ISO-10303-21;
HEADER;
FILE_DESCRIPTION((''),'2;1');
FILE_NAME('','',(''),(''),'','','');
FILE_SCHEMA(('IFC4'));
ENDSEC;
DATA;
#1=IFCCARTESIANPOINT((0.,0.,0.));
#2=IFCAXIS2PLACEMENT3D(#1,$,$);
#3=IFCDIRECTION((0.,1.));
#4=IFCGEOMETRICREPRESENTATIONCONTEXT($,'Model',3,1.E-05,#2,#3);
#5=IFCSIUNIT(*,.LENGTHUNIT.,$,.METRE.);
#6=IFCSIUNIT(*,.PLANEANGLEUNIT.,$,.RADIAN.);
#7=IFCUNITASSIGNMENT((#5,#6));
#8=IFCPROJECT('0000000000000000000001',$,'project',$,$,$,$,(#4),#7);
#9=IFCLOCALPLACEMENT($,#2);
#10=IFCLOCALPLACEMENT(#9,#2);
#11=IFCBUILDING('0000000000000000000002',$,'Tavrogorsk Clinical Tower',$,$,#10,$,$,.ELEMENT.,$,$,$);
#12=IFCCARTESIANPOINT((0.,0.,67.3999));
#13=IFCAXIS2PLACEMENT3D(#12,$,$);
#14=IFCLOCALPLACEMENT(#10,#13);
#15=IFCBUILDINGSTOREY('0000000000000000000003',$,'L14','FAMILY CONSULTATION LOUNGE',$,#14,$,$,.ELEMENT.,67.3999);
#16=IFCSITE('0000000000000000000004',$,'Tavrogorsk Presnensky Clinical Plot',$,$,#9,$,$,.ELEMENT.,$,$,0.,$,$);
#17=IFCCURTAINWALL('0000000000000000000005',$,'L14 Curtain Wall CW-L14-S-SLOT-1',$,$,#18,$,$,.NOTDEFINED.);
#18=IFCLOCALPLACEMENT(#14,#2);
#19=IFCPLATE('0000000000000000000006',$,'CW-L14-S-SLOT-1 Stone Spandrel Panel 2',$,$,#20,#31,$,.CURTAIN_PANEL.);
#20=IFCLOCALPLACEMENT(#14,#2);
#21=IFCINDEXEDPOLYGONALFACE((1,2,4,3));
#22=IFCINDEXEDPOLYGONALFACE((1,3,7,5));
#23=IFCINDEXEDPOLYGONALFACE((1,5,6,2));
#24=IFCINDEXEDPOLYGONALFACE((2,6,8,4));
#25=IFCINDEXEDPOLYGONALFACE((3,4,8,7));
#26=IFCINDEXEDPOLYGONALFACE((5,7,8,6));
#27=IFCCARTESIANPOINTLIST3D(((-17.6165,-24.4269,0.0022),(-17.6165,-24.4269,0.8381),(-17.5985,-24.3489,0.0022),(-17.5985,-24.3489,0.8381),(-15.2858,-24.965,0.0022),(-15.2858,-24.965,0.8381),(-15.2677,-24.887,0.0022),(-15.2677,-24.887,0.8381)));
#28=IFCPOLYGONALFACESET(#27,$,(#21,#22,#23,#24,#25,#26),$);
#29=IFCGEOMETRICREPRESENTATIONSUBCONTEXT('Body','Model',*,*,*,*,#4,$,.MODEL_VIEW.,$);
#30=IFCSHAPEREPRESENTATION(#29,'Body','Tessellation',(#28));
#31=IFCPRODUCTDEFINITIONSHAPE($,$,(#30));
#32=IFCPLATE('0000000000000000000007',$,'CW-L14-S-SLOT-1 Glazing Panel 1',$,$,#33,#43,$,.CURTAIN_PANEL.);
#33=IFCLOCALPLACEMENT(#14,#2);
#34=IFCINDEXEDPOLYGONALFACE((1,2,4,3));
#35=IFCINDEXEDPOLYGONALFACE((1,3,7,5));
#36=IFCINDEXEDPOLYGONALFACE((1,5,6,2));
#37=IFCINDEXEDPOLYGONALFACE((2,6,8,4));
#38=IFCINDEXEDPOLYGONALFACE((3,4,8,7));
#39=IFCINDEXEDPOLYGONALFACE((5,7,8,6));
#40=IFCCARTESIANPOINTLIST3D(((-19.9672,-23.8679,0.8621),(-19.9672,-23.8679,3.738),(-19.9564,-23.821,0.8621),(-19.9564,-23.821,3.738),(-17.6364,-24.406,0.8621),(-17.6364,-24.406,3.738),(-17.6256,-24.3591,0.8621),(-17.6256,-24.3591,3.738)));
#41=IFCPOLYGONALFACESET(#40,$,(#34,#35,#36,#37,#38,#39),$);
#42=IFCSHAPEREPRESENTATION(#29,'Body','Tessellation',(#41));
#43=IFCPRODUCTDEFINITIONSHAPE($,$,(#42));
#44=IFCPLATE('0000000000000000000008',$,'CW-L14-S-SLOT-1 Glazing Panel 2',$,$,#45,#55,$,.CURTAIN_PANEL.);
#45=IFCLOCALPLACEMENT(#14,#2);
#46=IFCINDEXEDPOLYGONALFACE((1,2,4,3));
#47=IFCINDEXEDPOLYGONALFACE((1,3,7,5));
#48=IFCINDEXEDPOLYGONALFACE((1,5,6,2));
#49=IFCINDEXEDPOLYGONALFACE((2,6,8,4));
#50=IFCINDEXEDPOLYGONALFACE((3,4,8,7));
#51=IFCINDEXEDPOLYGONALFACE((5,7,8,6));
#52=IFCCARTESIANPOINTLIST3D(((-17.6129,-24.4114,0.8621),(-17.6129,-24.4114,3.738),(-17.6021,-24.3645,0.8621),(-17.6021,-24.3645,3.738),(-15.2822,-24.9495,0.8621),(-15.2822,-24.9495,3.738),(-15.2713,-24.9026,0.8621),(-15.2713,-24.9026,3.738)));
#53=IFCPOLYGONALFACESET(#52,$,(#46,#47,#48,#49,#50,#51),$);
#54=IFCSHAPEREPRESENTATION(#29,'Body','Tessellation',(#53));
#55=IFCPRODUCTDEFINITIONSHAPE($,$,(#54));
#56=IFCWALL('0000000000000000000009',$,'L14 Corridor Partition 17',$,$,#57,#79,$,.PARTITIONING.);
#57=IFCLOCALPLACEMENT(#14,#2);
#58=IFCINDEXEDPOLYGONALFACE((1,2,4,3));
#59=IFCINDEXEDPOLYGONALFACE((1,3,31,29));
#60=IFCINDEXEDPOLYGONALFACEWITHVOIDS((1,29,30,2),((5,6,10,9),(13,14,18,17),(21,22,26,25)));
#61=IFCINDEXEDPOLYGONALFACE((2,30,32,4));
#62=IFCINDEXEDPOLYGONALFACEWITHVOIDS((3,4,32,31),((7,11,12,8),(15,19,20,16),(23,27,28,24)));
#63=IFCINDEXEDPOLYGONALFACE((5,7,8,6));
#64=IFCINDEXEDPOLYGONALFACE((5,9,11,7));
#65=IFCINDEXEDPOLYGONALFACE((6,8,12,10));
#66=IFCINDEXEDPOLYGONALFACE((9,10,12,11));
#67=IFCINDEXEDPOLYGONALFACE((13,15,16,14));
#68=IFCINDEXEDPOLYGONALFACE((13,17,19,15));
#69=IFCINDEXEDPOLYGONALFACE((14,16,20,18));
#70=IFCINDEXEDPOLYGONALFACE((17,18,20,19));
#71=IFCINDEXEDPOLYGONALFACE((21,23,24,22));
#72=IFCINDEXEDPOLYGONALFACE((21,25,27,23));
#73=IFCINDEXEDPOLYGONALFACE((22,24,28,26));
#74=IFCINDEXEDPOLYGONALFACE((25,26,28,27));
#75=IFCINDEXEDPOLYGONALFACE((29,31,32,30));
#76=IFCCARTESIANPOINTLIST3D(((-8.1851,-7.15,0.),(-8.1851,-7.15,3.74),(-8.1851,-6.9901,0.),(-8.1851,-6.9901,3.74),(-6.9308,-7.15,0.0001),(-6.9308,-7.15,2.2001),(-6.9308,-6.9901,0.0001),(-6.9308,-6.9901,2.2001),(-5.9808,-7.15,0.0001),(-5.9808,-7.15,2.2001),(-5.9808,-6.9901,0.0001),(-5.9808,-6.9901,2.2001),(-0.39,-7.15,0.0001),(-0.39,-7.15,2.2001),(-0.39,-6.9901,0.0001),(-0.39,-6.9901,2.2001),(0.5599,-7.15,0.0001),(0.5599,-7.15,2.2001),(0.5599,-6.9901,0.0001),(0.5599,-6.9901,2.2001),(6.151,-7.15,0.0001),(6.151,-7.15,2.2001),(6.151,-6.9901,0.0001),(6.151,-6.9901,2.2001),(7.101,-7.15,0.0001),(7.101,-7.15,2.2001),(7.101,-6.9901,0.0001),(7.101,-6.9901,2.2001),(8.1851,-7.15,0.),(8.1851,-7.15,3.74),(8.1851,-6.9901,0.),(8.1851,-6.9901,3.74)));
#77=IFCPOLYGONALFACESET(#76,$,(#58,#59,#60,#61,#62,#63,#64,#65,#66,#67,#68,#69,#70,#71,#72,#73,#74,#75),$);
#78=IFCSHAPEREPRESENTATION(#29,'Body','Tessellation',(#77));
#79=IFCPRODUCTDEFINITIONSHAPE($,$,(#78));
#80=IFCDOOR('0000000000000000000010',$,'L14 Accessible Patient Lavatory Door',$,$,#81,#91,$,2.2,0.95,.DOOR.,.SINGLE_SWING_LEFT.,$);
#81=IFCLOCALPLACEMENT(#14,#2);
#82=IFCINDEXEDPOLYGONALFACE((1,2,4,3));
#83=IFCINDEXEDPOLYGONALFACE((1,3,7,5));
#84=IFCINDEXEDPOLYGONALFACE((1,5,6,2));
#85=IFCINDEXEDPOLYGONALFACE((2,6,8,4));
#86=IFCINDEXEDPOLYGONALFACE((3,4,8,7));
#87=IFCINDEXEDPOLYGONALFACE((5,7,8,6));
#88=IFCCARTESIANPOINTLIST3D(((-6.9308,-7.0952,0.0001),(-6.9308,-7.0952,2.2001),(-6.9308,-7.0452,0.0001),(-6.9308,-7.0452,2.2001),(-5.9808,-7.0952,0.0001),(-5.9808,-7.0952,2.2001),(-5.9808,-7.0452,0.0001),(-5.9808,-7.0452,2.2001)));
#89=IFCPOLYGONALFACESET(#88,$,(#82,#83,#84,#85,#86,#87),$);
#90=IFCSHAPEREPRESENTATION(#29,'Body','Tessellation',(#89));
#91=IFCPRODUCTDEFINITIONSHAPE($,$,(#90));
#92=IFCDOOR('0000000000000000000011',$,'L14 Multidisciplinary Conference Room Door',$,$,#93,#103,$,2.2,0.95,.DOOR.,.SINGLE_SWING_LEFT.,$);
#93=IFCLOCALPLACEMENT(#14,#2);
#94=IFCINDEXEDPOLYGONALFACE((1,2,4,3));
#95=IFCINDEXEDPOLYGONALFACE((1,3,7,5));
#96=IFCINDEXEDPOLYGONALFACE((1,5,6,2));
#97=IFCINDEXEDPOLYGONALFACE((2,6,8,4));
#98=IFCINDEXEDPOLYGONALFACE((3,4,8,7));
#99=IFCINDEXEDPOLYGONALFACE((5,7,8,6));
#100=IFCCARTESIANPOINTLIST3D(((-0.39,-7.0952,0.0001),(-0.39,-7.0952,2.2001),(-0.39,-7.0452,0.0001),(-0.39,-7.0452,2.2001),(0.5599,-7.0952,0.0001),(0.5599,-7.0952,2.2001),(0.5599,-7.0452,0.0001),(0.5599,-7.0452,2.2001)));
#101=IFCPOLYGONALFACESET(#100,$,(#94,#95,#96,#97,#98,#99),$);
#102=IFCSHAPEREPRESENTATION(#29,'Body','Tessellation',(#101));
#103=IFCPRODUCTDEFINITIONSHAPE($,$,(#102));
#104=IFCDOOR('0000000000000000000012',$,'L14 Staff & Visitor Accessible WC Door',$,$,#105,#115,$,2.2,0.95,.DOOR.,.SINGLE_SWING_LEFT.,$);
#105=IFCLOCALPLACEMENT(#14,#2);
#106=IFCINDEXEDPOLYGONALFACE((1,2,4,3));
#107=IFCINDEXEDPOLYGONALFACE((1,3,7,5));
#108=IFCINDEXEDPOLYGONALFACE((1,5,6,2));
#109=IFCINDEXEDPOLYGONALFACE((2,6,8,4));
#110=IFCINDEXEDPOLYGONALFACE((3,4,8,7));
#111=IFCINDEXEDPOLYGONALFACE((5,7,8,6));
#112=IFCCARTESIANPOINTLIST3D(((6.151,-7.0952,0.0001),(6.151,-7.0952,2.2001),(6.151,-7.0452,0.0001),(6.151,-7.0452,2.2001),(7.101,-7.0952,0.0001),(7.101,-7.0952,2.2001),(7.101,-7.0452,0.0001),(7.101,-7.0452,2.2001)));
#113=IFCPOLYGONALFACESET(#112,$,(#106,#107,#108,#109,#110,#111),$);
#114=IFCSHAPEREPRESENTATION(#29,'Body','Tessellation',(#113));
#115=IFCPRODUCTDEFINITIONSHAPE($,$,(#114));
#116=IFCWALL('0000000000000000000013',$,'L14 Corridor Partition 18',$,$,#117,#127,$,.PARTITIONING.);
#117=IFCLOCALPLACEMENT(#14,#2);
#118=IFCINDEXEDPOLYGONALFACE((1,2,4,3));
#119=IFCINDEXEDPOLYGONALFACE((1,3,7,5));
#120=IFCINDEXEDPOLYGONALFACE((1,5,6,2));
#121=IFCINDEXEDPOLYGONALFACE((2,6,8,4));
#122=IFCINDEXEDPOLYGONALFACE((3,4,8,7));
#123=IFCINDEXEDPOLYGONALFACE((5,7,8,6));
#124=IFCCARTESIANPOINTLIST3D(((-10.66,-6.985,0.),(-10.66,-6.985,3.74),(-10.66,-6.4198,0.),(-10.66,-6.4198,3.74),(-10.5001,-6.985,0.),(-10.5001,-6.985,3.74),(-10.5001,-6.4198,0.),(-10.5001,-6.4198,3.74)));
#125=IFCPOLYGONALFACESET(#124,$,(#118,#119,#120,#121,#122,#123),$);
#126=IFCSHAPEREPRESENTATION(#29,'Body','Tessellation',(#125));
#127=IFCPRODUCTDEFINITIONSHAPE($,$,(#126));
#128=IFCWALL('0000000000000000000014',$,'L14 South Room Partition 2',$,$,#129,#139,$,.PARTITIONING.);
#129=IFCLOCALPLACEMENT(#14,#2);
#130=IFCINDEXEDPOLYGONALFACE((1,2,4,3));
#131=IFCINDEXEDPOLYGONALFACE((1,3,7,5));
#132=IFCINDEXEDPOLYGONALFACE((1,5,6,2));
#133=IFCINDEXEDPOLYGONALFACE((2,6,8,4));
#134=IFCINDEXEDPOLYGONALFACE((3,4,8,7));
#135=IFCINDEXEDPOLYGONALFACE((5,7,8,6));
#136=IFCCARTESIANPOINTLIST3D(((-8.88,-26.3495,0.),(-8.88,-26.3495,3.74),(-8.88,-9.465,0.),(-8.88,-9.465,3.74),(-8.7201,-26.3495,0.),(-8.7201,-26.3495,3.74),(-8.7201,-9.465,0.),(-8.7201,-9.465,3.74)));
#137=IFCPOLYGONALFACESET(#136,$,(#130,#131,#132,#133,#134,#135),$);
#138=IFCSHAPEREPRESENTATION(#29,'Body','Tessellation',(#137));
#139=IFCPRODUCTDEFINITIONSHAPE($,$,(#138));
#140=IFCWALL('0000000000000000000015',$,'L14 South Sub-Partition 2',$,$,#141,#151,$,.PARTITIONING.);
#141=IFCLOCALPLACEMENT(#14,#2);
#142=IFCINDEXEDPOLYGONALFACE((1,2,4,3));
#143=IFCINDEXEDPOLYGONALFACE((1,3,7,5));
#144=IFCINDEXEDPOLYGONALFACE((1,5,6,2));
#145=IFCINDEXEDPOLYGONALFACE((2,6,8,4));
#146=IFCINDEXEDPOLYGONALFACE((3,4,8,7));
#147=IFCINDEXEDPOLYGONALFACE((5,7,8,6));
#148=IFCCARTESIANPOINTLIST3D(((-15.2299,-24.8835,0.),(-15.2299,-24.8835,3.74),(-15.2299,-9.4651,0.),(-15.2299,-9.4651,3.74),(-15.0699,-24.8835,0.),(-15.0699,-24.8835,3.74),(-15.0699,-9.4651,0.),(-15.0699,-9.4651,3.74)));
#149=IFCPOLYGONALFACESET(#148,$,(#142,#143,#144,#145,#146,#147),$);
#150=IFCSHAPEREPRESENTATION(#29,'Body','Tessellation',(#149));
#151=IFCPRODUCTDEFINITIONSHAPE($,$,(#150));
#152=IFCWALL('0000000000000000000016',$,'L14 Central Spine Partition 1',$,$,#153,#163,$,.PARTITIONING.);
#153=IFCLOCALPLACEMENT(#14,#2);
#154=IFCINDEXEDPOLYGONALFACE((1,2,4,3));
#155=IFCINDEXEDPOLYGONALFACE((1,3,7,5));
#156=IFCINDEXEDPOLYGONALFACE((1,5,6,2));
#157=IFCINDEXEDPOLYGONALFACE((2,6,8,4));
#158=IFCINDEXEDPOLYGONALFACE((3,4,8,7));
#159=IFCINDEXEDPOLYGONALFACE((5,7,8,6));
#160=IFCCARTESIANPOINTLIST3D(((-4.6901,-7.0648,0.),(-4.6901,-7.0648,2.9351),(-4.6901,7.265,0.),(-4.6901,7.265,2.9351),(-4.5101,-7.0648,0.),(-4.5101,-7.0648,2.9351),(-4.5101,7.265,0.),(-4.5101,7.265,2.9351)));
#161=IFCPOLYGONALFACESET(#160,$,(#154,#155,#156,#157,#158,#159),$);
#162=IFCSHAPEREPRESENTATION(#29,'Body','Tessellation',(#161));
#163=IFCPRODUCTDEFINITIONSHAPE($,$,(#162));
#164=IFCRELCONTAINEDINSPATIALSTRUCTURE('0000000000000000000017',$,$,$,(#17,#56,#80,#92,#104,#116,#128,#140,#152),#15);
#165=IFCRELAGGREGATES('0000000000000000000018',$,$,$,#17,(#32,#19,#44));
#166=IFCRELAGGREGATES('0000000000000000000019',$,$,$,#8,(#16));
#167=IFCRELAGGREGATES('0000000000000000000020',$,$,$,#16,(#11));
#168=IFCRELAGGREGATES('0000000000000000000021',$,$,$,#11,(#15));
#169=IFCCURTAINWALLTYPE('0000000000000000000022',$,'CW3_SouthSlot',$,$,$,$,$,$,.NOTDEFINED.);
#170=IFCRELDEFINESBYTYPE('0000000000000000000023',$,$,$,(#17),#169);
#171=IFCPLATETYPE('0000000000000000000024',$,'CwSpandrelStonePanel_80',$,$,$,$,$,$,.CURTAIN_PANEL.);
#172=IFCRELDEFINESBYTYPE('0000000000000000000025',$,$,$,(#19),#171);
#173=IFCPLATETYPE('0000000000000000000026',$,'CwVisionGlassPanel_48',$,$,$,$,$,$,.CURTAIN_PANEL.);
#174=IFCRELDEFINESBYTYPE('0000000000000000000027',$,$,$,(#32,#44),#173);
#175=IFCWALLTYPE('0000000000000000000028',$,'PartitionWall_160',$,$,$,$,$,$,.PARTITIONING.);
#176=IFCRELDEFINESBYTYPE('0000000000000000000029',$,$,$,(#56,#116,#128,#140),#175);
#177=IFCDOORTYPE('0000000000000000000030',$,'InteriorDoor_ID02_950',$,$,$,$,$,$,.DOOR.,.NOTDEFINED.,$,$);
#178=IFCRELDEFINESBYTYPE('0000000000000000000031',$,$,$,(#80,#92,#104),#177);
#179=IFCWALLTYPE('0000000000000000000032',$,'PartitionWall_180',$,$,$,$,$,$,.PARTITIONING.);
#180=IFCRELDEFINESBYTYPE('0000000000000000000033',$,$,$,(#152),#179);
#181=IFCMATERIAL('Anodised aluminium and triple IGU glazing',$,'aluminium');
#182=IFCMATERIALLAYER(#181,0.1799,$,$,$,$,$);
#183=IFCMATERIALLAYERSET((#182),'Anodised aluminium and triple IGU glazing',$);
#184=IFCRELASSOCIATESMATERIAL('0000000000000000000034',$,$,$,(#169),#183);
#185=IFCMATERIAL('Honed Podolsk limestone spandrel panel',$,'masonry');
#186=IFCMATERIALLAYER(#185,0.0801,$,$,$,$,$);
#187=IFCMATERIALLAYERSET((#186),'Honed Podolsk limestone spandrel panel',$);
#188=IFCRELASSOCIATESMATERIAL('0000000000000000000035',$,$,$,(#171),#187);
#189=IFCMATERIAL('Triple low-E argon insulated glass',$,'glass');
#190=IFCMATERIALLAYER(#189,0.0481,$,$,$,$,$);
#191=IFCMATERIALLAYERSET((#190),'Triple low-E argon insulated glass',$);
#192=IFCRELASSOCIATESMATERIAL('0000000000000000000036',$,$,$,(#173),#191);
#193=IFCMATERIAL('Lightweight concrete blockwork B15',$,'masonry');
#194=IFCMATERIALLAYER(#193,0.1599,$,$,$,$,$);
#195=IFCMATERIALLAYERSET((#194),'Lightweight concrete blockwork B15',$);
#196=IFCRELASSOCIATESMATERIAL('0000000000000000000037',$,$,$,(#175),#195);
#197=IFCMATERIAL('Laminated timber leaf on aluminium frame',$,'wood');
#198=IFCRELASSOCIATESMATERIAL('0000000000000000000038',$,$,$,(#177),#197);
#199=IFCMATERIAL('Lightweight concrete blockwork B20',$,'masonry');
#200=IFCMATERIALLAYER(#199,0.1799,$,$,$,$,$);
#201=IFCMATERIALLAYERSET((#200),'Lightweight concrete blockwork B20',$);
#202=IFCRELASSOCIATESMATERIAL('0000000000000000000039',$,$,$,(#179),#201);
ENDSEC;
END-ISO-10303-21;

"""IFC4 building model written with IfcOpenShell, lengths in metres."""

from ifc_helpers import new_model, si_unit, direction, frame, frame_2d, origin, origin_2d, place, context, subcontext, project, spatial, rectangle, extrude, material, layer, layer_set, type_object, element, fill, aggregate, save


model = new_model("IFC4")

# Units and contexts
model_context = context("Model", 3, precision=1e-05, world=origin(), true_north=direction((0.0, 1.0)))
body_context = subcontext(model_context, "Body", "Model", "MODEL_VIEW")
ifc_project = project(units=[si_unit("LENGTHUNIT", "METRE"), si_unit("PLANEANGLEUNIT", "RADIAN")], contexts=[model_context])

# Site, building, storey
site_placement = place(None, origin())
site = spatial("IfcSite", under=ifc_project, at=site_placement, Name="Tavrogorsk Presnensky Clinical Plot", CompositionType="ELEMENT", RefElevation=0.0)
building_placement = place(site_placement, origin())
building = spatial("IfcBuilding", under=site, at=building_placement, Name="Tavrogorsk Clinical Tower", CompositionType="ELEMENT")
storey_placement = place(building_placement, frame((0.0, 0.0, 67.3999)))
storey = spatial("IfcBuildingStorey", under=building, at=storey_placement, Name="L14", Description="FAMILY CONSULTATION LOUNGE", CompositionType="ELEMENT", Elevation=67.3999)

# Curtain wall
ifc_material_1 = material(Name="Anodised aluminium and triple IGU glazing", Category="aluminium")
ifc_layer_1 = layer(ifc_material_1, 0.1799)
ifc_layer_set_1 = layer_set([ifc_layer_1], Name="Anodised aluminium and triple IGU glazing")
curtain_wall_type = type_object("IfcCurtainWallType", Name="CW3_SouthSlot", PredefinedType="NOTDEFINED", material=ifc_layer_set_1)
curtain_wall_placement = place(storey_placement, origin())
curtain_wall = element("IfcCurtainWall", 1, at=curtain_wall_placement, inside=storey, type_object=curtain_wall_type, Name="L14 Curtain Wall CW-L14-S-SLOT-1", PredefinedType="NOTDEFINED")

# Plates
ifc_material_2 = material(Name="Honed Podolsk limestone spandrel panel", Category="masonry")
ifc_layer_2 = layer(ifc_material_2, 0.0801)
ifc_layer_set_2 = layer_set([ifc_layer_2], Name="Honed Podolsk limestone spandrel panel")
plate_type_1 = type_object("IfcPlateType", Name="CwSpandrelStonePanel_80", PredefinedType="CURTAIN_PANEL", material=ifc_layer_set_2)
plate_1_placement = place(storey_placement, frame((-16.4421, -24.657, 0.0022), z_axis=(0.0, 0.0, 1.0), x_axis=(0.97437, -0.224951, 0.0)))
plate_1 = element("IfcPlate", 2, at=plate_1_placement, type_object=plate_type_1, Name="CW-L14-S-SLOT-1 Stone Spandrel Panel 2", PredefinedType="CURTAIN_PANEL", context=body_context, shape_type="SweptSolid", body=[
    extrude(rectangle(XDim=2.3921, YDim=0.0801, at=origin_2d()), origin(), (0.0, 0.0, 1.0), 0.8359),
])
ifc_material_3 = material(Name="Triple low-E argon insulated glass", Category="glass")
ifc_layer_3 = layer(ifc_material_3, 0.0481)
ifc_layer_set_3 = layer_set([ifc_layer_3], Name="Triple low-E argon insulated glass")
plate_type_2 = type_object("IfcPlateType", Name="CwVisionGlassPanel_48", PredefinedType="CURTAIN_PANEL", material=ifc_layer_set_3)
plate_2_placement = place(storey_placement, frame((-18.7964, -24.1135, 0.8621), z_axis=(0.0, 0.0, 1.0), x_axis=(0.97437, -0.224951, 0.0)))
plate_2 = element("IfcPlate", 3, at=plate_2_placement, type_object=plate_type_2, Name="CW-L14-S-SLOT-1 Glazing Panel 1", PredefinedType="CURTAIN_PANEL", context=body_context, shape_type="SweptSolid", body=[
    extrude(rectangle(XDim=2.3921, YDim=0.0481, at=origin_2d()), origin(), (0.0, 0.0, 1.0), 2.876),
])
plate_3_placement = place(storey_placement, frame((-16.4421, -24.657, 0.8621), z_axis=(0.0, 0.0, 1.0), x_axis=(0.97437, -0.224951, 0.0)))
plate_3 = element("IfcPlate", 4, at=plate_3_placement, type_object=plate_type_2, Name="CW-L14-S-SLOT-1 Glazing Panel 2", PredefinedType="CURTAIN_PANEL", context=body_context, shape_type="SweptSolid", body=[
    extrude(rectangle(XDim=2.3921, YDim=0.0481, at=origin_2d()), origin(), (0.0, 0.0, 1.0), 2.876),
])
aggregate(curtain_wall, [plate_2, plate_1, plate_3])

# Wall, openings, doors
ifc_material_4 = material(Name="Lightweight concrete blockwork B15", Category="masonry")
ifc_layer_4 = layer(ifc_material_4, 0.1599)
ifc_layer_set_4 = layer_set([ifc_layer_4], Name="Lightweight concrete blockwork B15")
wall_type_1 = type_object("IfcWallType", Name="PartitionWall_160", PredefinedType="PARTITIONING", material=ifc_layer_set_4)
wall_1_placement = place(storey_placement, frame((-8.1851, -7.0701, 0.0), z_axis=(0.0, 0.0, 1.0), x_axis=(1.0, 0.0, 0.0)))
wall_1 = element("IfcWall", 5, at=wall_1_placement, inside=storey, type_object=wall_type_1, Name="L14 Corridor Partition 17", PredefinedType="PARTITIONING", context=body_context, shape_type="SweptSolid", body=[
    extrude(rectangle(XDim=16.3701, YDim=0.1599, at=frame_2d((8.1851, 0.0))), origin(), (0.0, 0.0, 1.0), 3.74),
])
opening_1_placement = place(wall_1_placement, frame((1.2542, 0.0, 0.0)))
opening_1 = element("IfcOpeningElement", 6, at=opening_1_placement, cuts=wall_1, PredefinedType="OPENING", context=body_context, shape_type="SweptSolid", body=[
    extrude(rectangle(XDim=0.95, YDim=2.2, at=frame_2d((0.4751, 1.1001))), frame((0.0, 0.0898, 0.0), z_axis=(0.0, -1.0, 0.0), x_axis=(1.0, 0.0, 0.0)), (0.0, 0.0, 1.0), 0.1799),
])
opening_2_placement = place(wall_1_placement, frame((7.7949, 0.0, 0.0)))
opening_2 = element("IfcOpeningElement", 7, at=opening_2_placement, cuts=wall_1, PredefinedType="OPENING", context=body_context, shape_type="SweptSolid", body=[
    extrude(rectangle(XDim=0.95, YDim=2.2, at=frame_2d((0.4751, 1.1001))), frame((0.0, 0.0898, 0.0), z_axis=(0.0, -1.0, 0.0), x_axis=(1.0, 0.0, 0.0)), (0.0, 0.0, 1.0), 0.1799),
])
opening_3_placement = place(wall_1_placement, frame((14.3359, 0.0, 0.0)))
opening_3 = element("IfcOpeningElement", 8, at=opening_3_placement, cuts=wall_1, PredefinedType="OPENING", context=body_context, shape_type="SweptSolid", body=[
    extrude(rectangle(XDim=0.95, YDim=2.2, at=frame_2d((0.4751, 1.1001))), frame((0.0, 0.0898, 0.0), z_axis=(0.0, -1.0, 0.0), x_axis=(1.0, 0.0, 0.0)), (0.0, 0.0, 1.0), 0.1799),
])
ifc_material_5 = material(Name="Laminated timber leaf on aluminium frame", Category="wood")
door_type = type_object("IfcDoorType", Name="InteriorDoor_ID02_950", OperationType="NOTDEFINED", PredefinedType="DOOR", material=ifc_material_5)
door_1_placement = place(opening_1_placement, origin())
door_1 = element("IfcDoor", 9, at=door_1_placement, inside=storey, type_object=door_type, Name="L14 Accessible Patient Lavatory Door", OperationType="SINGLE_SWING_LEFT", OverallHeight=2.2, OverallWidth=0.95, PredefinedType="DOOR", context=body_context, shape_type="SweptSolid", body=[
    extrude(rectangle(XDim=0.95, YDim=2.2, at=frame_2d((0.4751, 1.1001))), frame((0.0, 0.0249, 0.0), z_axis=(0.0, -1.0, 0.0), x_axis=(1.0, 0.0, 0.0)), (0.0, 0.0, 1.0), 0.05),
])
fill(opening_1, door_1)
door_2_placement = place(opening_2_placement, origin())
door_2 = element("IfcDoor", 10, at=door_2_placement, inside=storey, type_object=door_type, Name="L14 Multidisciplinary Conference Room Door", OperationType="SINGLE_SWING_LEFT", OverallHeight=2.2, OverallWidth=0.95, PredefinedType="DOOR", context=body_context, shape_type="SweptSolid", body=[
    extrude(rectangle(XDim=0.95, YDim=2.2, at=frame_2d((0.4751, 1.1001))), frame((0.0, 0.0249, 0.0), z_axis=(0.0, -1.0, 0.0), x_axis=(1.0, 0.0, 0.0)), (0.0, 0.0, 1.0), 0.05),
])
fill(opening_2, door_2)
door_3_placement = place(opening_3_placement, origin())
door_3 = element("IfcDoor", 11, at=door_3_placement, inside=storey, type_object=door_type, Name="L14 Staff & Visitor Accessible WC Door", OperationType="SINGLE_SWING_LEFT", OverallHeight=2.2, OverallWidth=0.95, PredefinedType="DOOR", context=body_context, shape_type="SweptSolid", body=[
    extrude(rectangle(XDim=0.95, YDim=2.2, at=frame_2d((0.4751, 1.1001))), frame((0.0, 0.0249, 0.0), z_axis=(0.0, -1.0, 0.0), x_axis=(1.0, 0.0, 0.0)), (0.0, 0.0, 1.0), 0.05),
])
fill(opening_3, door_3)

# Walls
wall_2_placement = place(storey_placement, frame((-10.5801, -6.9851, 0.0), z_axis=(0.0, 0.0, 1.0), x_axis=(0.0, 1.0, 0.0)))
element("IfcWall", 12, at=wall_2_placement, inside=storey, type_object=wall_type_1, Name="L14 Corridor Partition 18", PredefinedType="PARTITIONING", context=body_context, shape_type="SweptSolid", body=[
    extrude(rectangle(XDim=0.5652, YDim=0.1599, at=frame_2d((0.2827, 0.0))), origin(), (0.0, 0.0, 1.0), 3.74),
])
wall_3_placement = place(storey_placement, frame((-8.8, -26.3496, 0.0), z_axis=(0.0, 0.0, 1.0), x_axis=(0.0, 1.0, 0.0)))
element("IfcWall", 13, at=wall_3_placement, inside=storey, type_object=wall_type_1, Name="L14 South Room Partition 2", PredefinedType="PARTITIONING", context=body_context, shape_type="SweptSolid", body=[
    extrude(rectangle(XDim=16.8845, YDim=0.1599, at=frame_2d((8.4424, 0.0))), origin(), (0.0, 0.0, 1.0), 3.74),
])
wall_4_placement = place(storey_placement, frame((-15.1499, -24.8835, 0.0), z_axis=(0.0, 0.0, 1.0), x_axis=(0.0, 1.0, 0.0)))
element("IfcWall", 14, at=wall_4_placement, inside=storey, type_object=wall_type_1, Name="L14 South Sub-Partition 2", PredefinedType="PARTITIONING", context=body_context, shape_type="SweptSolid", body=[
    extrude(rectangle(XDim=15.4185, YDim=0.1599, at=frame_2d((7.7092, 0.0))), origin(), (0.0, 0.0, 1.0), 3.74),
])
ifc_material_6 = material(Name="Lightweight concrete blockwork B20", Category="masonry")
ifc_layer_5 = layer(ifc_material_6, 0.1799)
ifc_layer_set_5 = layer_set([ifc_layer_5], Name="Lightweight concrete blockwork B20")
wall_type_2 = type_object("IfcWallType", Name="PartitionWall_180", PredefinedType="PARTITIONING", material=ifc_layer_set_5)
wall_5_placement = place(storey_placement, frame((-4.6001, -7.0649, 0.0), z_axis=(0.0, 0.0, 1.0), x_axis=(0.0, 1.0, 0.0)))
element("IfcWall", 15, at=wall_5_placement, inside=storey, type_object=wall_type_2, Name="L14 Central Spine Partition 1", PredefinedType="PARTITIONING", context=body_context, shape_type="SweptSolid", body=[
    extrude(rectangle(XDim=14.3298, YDim=0.1799, at=frame_2d((7.165, 0.0))), origin(), (0.0, 0.0, 1.0), 2.9351),
])

save(model, "model.ifc")
